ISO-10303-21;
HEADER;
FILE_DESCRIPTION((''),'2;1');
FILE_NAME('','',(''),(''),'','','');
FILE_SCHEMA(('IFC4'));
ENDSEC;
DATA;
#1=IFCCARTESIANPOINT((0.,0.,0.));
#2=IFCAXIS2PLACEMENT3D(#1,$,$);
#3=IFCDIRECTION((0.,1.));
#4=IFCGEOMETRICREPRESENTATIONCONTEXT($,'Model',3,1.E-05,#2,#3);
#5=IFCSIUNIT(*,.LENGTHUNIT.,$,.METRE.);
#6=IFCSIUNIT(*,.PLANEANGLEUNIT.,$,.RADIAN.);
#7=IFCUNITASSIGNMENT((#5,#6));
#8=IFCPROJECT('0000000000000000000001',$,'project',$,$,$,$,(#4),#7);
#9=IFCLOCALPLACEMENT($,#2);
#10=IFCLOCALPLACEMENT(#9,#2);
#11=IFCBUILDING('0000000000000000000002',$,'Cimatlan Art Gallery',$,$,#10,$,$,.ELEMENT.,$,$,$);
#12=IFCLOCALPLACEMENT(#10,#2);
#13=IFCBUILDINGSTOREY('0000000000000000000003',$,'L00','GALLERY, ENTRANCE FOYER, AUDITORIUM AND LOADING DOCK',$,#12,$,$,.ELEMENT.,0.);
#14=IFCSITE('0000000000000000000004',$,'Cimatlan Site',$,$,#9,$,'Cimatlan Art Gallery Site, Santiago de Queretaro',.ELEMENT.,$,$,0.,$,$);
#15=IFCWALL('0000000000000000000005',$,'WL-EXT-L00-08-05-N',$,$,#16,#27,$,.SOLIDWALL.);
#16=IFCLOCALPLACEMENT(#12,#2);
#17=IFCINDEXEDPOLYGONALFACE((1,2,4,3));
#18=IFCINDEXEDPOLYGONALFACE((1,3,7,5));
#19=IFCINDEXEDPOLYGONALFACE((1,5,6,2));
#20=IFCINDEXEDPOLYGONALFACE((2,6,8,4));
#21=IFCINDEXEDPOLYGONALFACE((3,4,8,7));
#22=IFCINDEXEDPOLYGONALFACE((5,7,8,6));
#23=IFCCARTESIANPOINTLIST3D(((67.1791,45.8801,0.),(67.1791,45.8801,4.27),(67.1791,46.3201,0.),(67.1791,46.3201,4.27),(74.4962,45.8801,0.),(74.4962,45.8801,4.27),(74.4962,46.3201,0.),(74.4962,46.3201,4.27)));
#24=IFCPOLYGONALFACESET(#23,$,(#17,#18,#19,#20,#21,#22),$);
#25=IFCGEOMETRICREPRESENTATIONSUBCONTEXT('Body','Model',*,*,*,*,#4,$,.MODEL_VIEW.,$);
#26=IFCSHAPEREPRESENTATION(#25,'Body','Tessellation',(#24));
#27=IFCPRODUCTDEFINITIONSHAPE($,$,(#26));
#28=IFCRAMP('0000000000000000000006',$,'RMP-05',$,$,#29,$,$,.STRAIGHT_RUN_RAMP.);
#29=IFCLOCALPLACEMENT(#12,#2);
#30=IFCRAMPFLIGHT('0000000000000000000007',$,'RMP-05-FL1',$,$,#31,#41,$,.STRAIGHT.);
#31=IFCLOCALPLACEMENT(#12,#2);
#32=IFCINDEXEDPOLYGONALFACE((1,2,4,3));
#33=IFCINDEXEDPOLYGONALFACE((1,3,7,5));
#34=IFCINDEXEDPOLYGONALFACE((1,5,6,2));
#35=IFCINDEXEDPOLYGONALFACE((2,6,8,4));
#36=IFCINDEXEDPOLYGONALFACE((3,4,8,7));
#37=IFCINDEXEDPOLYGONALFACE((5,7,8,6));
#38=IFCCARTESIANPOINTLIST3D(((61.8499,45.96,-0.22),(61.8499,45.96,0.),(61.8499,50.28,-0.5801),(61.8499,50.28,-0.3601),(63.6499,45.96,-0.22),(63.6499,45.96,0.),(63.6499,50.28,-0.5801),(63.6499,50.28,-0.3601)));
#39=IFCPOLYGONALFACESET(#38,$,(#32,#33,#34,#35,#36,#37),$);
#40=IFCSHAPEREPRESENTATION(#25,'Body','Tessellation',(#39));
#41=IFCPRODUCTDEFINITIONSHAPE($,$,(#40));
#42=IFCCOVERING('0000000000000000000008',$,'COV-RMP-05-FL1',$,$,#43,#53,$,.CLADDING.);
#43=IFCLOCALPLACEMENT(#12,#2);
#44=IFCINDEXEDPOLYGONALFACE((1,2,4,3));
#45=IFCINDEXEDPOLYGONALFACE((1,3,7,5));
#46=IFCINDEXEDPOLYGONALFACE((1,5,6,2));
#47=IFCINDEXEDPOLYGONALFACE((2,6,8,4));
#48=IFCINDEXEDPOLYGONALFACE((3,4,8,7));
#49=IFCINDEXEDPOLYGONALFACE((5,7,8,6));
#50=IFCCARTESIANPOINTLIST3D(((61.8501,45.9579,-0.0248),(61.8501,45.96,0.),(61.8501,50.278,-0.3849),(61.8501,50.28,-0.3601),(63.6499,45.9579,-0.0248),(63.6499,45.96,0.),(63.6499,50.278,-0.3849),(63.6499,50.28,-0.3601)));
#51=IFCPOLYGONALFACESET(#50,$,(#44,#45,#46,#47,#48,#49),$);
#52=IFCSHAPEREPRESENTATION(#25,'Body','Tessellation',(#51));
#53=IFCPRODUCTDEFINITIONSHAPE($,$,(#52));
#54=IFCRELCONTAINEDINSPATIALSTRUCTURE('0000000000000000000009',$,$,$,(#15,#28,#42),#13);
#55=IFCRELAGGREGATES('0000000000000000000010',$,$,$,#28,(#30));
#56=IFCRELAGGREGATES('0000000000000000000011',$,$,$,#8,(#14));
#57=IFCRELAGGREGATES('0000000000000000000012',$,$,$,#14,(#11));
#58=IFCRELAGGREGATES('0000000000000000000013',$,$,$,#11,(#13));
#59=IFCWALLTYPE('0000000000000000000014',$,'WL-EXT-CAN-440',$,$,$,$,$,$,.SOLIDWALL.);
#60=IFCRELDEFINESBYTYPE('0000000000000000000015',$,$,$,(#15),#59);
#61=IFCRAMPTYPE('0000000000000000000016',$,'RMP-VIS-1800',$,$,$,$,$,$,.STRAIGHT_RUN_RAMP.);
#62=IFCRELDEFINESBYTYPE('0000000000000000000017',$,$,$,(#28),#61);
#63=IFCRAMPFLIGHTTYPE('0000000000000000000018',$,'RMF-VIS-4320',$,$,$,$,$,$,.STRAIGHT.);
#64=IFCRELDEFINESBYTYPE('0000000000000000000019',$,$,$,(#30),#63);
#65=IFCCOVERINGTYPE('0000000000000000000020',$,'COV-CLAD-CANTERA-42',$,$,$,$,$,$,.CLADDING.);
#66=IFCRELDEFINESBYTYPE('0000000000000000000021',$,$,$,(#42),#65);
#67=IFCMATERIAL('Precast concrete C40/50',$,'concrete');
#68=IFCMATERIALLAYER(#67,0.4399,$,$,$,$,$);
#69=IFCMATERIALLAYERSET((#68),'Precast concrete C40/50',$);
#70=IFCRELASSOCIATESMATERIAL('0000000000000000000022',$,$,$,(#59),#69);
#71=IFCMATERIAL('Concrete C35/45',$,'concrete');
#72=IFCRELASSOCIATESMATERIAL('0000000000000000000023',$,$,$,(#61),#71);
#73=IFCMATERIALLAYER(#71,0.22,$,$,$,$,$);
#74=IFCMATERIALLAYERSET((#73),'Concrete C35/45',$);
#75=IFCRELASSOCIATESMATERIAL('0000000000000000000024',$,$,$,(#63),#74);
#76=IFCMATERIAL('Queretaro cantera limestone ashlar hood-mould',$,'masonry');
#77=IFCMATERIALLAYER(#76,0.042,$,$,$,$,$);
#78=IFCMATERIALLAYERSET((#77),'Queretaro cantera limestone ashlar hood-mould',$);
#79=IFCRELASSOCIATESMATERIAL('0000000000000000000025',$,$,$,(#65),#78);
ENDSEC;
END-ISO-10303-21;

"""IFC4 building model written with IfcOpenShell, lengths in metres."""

from ifc_helpers import new_model, si_unit, direction, frame, frame_2d, origin, place, context, subcontext, project, spatial, polyline, rectangle, outline, extrude, material, layer, layer_set, type_object, element, aggregate, save


model = new_model("IFC4")

# Units and contexts
model_context = context("Model", 3, precision=1e-05, world=origin(), true_north=direction((0.0, 1.0)))
body_context = subcontext(model_context, "Body", "Model", "MODEL_VIEW")
ifc_project = project(units=[si_unit("LENGTHUNIT", "METRE"), si_unit("PLANEANGLEUNIT", "RADIAN")], contexts=[model_context])

# Site, building, storey
site_placement = place(None, origin())
site = spatial("IfcSite", under=ifc_project, at=site_placement, Name="Cimatlan Site", LongName="Cimatlan Art Gallery Site, Santiago de Queretaro", CompositionType="ELEMENT", RefElevation=0.0)
building_placement = place(site_placement, origin())
building = spatial("IfcBuilding", under=site, at=building_placement, Name="Cimatlan Art Gallery", CompositionType="ELEMENT")
storey_placement = place(building_placement, origin())
storey = spatial("IfcBuildingStorey", under=building, at=storey_placement, Name="L00", Description="GALLERY, ENTRANCE FOYER, AUDITORIUM AND LOADING DOCK", CompositionType="ELEMENT", Elevation=0.0)

# Wall
ifc_material_1 = material(Name="Precast concrete C40/50", Category="concrete")
ifc_layer_1 = layer(ifc_material_1, 0.4399)
ifc_layer_set_1 = layer_set([ifc_layer_1], Name="Precast concrete C40/50")
wall_type = type_object("IfcWallType", Name="WL-EXT-CAN-440", PredefinedType="SOLIDWALL", material=ifc_layer_set_1)
wall_1_placement = place(storey_placement, frame((67.179, 46.1001, 0.0), z_axis=(0.0, 0.0, 1.0), x_axis=(1.0, 0.0, 0.0)))
element("IfcWall", 1, at=wall_1_placement, inside=storey, type_object=wall_type, Name="WL-EXT-L00-08-05-N", PredefinedType="SOLIDWALL", context=body_context, shape_type="SweptSolid", body=[
    extrude(rectangle(XDim=7.3171, YDim=0.4399, at=frame_2d((3.6587, 0.0))), origin(), (0.0, 0.0, 1.0), 4.27),
])

# Ramp, ramp flight
ifc_material_2 = material(Name="Concrete C35/45", Category="concrete")
ramp_type = type_object("IfcRampType", Name="RMP-VIS-1800", PredefinedType="STRAIGHT_RUN_RAMP", material=ifc_material_2)
ramp_placement = place(storey_placement, origin())
ramp = element("IfcRamp", 2, at=ramp_placement, inside=storey, type_object=ramp_type, Name="RMP-05", PredefinedType="STRAIGHT_RUN_RAMP")
ifc_layer_2 = layer(ifc_material_2, 0.22)
ifc_layer_set_2 = layer_set([ifc_layer_2], Name="Concrete C35/45")
ramp_flight_type = type_object("IfcRampFlightType", Name="RMF-VIS-4320", PredefinedType="STRAIGHT", material=ifc_layer_set_2)
ramp_flight_placement = place(storey_placement, frame((62.75, 50.28, -0.3601), z_axis=(0.0, 0.0, 1.0), x_axis=(0.0, -1.0, 0.0)))
ramp_flight = element("IfcRampFlight", 3, at=ramp_flight_placement, type_object=ramp_flight_type, Name="RMP-05-FL1", PredefinedType="STRAIGHT", context=body_context, shape_type="SweptSolid", body=[
    extrude(outline(polyline([(0.0, 0.0), (4.3201, 0.3601), (4.3201, 0.1401), (0.0, -0.22), (0.0, 0.0)])), frame((0.0, 0.8999, 0.0), z_axis=(0.0, -1.0, 0.0), x_axis=(1.0, 0.0, 0.0)), (0.0, 0.0, 1.0), 1.8),
])
aggregate(ramp, [ramp_flight])

# Covering
ifc_material_3 = material(Name="Queretaro cantera limestone ashlar hood-mould", Category="masonry")
ifc_layer_3 = layer(ifc_material_3, 0.042)
ifc_layer_set_3 = layer_set([ifc_layer_3], Name="Queretaro cantera limestone ashlar hood-mould")
covering_type = type_object("IfcCoveringType", Name="COV-CLAD-CANTERA-42", PredefinedType="CLADDING", material=ifc_layer_set_3)
covering_placement = place(storey_placement, frame((61.8501, 50.28, -0.3601), z_axis=(0.0, 0.083069, 0.996544), x_axis=(0.0, -0.996544, 0.083069)))
element("IfcCovering", 4, at=covering_placement, inside=storey, type_object=covering_type, Name="COV-RMP-05-FL1", PredefinedType="CLADDING", context=body_context, shape_type="SweptSolid", body=[
    extrude(outline(polyline([(0.0, 0.0), (4.3351, 0.0), (4.3351, 1.7998), (0.0, 1.7998), (0.0, 0.0)])), origin(), (0.0, 0.0, -1.0), 0.0249),
])

save(model, "model.ifc")
